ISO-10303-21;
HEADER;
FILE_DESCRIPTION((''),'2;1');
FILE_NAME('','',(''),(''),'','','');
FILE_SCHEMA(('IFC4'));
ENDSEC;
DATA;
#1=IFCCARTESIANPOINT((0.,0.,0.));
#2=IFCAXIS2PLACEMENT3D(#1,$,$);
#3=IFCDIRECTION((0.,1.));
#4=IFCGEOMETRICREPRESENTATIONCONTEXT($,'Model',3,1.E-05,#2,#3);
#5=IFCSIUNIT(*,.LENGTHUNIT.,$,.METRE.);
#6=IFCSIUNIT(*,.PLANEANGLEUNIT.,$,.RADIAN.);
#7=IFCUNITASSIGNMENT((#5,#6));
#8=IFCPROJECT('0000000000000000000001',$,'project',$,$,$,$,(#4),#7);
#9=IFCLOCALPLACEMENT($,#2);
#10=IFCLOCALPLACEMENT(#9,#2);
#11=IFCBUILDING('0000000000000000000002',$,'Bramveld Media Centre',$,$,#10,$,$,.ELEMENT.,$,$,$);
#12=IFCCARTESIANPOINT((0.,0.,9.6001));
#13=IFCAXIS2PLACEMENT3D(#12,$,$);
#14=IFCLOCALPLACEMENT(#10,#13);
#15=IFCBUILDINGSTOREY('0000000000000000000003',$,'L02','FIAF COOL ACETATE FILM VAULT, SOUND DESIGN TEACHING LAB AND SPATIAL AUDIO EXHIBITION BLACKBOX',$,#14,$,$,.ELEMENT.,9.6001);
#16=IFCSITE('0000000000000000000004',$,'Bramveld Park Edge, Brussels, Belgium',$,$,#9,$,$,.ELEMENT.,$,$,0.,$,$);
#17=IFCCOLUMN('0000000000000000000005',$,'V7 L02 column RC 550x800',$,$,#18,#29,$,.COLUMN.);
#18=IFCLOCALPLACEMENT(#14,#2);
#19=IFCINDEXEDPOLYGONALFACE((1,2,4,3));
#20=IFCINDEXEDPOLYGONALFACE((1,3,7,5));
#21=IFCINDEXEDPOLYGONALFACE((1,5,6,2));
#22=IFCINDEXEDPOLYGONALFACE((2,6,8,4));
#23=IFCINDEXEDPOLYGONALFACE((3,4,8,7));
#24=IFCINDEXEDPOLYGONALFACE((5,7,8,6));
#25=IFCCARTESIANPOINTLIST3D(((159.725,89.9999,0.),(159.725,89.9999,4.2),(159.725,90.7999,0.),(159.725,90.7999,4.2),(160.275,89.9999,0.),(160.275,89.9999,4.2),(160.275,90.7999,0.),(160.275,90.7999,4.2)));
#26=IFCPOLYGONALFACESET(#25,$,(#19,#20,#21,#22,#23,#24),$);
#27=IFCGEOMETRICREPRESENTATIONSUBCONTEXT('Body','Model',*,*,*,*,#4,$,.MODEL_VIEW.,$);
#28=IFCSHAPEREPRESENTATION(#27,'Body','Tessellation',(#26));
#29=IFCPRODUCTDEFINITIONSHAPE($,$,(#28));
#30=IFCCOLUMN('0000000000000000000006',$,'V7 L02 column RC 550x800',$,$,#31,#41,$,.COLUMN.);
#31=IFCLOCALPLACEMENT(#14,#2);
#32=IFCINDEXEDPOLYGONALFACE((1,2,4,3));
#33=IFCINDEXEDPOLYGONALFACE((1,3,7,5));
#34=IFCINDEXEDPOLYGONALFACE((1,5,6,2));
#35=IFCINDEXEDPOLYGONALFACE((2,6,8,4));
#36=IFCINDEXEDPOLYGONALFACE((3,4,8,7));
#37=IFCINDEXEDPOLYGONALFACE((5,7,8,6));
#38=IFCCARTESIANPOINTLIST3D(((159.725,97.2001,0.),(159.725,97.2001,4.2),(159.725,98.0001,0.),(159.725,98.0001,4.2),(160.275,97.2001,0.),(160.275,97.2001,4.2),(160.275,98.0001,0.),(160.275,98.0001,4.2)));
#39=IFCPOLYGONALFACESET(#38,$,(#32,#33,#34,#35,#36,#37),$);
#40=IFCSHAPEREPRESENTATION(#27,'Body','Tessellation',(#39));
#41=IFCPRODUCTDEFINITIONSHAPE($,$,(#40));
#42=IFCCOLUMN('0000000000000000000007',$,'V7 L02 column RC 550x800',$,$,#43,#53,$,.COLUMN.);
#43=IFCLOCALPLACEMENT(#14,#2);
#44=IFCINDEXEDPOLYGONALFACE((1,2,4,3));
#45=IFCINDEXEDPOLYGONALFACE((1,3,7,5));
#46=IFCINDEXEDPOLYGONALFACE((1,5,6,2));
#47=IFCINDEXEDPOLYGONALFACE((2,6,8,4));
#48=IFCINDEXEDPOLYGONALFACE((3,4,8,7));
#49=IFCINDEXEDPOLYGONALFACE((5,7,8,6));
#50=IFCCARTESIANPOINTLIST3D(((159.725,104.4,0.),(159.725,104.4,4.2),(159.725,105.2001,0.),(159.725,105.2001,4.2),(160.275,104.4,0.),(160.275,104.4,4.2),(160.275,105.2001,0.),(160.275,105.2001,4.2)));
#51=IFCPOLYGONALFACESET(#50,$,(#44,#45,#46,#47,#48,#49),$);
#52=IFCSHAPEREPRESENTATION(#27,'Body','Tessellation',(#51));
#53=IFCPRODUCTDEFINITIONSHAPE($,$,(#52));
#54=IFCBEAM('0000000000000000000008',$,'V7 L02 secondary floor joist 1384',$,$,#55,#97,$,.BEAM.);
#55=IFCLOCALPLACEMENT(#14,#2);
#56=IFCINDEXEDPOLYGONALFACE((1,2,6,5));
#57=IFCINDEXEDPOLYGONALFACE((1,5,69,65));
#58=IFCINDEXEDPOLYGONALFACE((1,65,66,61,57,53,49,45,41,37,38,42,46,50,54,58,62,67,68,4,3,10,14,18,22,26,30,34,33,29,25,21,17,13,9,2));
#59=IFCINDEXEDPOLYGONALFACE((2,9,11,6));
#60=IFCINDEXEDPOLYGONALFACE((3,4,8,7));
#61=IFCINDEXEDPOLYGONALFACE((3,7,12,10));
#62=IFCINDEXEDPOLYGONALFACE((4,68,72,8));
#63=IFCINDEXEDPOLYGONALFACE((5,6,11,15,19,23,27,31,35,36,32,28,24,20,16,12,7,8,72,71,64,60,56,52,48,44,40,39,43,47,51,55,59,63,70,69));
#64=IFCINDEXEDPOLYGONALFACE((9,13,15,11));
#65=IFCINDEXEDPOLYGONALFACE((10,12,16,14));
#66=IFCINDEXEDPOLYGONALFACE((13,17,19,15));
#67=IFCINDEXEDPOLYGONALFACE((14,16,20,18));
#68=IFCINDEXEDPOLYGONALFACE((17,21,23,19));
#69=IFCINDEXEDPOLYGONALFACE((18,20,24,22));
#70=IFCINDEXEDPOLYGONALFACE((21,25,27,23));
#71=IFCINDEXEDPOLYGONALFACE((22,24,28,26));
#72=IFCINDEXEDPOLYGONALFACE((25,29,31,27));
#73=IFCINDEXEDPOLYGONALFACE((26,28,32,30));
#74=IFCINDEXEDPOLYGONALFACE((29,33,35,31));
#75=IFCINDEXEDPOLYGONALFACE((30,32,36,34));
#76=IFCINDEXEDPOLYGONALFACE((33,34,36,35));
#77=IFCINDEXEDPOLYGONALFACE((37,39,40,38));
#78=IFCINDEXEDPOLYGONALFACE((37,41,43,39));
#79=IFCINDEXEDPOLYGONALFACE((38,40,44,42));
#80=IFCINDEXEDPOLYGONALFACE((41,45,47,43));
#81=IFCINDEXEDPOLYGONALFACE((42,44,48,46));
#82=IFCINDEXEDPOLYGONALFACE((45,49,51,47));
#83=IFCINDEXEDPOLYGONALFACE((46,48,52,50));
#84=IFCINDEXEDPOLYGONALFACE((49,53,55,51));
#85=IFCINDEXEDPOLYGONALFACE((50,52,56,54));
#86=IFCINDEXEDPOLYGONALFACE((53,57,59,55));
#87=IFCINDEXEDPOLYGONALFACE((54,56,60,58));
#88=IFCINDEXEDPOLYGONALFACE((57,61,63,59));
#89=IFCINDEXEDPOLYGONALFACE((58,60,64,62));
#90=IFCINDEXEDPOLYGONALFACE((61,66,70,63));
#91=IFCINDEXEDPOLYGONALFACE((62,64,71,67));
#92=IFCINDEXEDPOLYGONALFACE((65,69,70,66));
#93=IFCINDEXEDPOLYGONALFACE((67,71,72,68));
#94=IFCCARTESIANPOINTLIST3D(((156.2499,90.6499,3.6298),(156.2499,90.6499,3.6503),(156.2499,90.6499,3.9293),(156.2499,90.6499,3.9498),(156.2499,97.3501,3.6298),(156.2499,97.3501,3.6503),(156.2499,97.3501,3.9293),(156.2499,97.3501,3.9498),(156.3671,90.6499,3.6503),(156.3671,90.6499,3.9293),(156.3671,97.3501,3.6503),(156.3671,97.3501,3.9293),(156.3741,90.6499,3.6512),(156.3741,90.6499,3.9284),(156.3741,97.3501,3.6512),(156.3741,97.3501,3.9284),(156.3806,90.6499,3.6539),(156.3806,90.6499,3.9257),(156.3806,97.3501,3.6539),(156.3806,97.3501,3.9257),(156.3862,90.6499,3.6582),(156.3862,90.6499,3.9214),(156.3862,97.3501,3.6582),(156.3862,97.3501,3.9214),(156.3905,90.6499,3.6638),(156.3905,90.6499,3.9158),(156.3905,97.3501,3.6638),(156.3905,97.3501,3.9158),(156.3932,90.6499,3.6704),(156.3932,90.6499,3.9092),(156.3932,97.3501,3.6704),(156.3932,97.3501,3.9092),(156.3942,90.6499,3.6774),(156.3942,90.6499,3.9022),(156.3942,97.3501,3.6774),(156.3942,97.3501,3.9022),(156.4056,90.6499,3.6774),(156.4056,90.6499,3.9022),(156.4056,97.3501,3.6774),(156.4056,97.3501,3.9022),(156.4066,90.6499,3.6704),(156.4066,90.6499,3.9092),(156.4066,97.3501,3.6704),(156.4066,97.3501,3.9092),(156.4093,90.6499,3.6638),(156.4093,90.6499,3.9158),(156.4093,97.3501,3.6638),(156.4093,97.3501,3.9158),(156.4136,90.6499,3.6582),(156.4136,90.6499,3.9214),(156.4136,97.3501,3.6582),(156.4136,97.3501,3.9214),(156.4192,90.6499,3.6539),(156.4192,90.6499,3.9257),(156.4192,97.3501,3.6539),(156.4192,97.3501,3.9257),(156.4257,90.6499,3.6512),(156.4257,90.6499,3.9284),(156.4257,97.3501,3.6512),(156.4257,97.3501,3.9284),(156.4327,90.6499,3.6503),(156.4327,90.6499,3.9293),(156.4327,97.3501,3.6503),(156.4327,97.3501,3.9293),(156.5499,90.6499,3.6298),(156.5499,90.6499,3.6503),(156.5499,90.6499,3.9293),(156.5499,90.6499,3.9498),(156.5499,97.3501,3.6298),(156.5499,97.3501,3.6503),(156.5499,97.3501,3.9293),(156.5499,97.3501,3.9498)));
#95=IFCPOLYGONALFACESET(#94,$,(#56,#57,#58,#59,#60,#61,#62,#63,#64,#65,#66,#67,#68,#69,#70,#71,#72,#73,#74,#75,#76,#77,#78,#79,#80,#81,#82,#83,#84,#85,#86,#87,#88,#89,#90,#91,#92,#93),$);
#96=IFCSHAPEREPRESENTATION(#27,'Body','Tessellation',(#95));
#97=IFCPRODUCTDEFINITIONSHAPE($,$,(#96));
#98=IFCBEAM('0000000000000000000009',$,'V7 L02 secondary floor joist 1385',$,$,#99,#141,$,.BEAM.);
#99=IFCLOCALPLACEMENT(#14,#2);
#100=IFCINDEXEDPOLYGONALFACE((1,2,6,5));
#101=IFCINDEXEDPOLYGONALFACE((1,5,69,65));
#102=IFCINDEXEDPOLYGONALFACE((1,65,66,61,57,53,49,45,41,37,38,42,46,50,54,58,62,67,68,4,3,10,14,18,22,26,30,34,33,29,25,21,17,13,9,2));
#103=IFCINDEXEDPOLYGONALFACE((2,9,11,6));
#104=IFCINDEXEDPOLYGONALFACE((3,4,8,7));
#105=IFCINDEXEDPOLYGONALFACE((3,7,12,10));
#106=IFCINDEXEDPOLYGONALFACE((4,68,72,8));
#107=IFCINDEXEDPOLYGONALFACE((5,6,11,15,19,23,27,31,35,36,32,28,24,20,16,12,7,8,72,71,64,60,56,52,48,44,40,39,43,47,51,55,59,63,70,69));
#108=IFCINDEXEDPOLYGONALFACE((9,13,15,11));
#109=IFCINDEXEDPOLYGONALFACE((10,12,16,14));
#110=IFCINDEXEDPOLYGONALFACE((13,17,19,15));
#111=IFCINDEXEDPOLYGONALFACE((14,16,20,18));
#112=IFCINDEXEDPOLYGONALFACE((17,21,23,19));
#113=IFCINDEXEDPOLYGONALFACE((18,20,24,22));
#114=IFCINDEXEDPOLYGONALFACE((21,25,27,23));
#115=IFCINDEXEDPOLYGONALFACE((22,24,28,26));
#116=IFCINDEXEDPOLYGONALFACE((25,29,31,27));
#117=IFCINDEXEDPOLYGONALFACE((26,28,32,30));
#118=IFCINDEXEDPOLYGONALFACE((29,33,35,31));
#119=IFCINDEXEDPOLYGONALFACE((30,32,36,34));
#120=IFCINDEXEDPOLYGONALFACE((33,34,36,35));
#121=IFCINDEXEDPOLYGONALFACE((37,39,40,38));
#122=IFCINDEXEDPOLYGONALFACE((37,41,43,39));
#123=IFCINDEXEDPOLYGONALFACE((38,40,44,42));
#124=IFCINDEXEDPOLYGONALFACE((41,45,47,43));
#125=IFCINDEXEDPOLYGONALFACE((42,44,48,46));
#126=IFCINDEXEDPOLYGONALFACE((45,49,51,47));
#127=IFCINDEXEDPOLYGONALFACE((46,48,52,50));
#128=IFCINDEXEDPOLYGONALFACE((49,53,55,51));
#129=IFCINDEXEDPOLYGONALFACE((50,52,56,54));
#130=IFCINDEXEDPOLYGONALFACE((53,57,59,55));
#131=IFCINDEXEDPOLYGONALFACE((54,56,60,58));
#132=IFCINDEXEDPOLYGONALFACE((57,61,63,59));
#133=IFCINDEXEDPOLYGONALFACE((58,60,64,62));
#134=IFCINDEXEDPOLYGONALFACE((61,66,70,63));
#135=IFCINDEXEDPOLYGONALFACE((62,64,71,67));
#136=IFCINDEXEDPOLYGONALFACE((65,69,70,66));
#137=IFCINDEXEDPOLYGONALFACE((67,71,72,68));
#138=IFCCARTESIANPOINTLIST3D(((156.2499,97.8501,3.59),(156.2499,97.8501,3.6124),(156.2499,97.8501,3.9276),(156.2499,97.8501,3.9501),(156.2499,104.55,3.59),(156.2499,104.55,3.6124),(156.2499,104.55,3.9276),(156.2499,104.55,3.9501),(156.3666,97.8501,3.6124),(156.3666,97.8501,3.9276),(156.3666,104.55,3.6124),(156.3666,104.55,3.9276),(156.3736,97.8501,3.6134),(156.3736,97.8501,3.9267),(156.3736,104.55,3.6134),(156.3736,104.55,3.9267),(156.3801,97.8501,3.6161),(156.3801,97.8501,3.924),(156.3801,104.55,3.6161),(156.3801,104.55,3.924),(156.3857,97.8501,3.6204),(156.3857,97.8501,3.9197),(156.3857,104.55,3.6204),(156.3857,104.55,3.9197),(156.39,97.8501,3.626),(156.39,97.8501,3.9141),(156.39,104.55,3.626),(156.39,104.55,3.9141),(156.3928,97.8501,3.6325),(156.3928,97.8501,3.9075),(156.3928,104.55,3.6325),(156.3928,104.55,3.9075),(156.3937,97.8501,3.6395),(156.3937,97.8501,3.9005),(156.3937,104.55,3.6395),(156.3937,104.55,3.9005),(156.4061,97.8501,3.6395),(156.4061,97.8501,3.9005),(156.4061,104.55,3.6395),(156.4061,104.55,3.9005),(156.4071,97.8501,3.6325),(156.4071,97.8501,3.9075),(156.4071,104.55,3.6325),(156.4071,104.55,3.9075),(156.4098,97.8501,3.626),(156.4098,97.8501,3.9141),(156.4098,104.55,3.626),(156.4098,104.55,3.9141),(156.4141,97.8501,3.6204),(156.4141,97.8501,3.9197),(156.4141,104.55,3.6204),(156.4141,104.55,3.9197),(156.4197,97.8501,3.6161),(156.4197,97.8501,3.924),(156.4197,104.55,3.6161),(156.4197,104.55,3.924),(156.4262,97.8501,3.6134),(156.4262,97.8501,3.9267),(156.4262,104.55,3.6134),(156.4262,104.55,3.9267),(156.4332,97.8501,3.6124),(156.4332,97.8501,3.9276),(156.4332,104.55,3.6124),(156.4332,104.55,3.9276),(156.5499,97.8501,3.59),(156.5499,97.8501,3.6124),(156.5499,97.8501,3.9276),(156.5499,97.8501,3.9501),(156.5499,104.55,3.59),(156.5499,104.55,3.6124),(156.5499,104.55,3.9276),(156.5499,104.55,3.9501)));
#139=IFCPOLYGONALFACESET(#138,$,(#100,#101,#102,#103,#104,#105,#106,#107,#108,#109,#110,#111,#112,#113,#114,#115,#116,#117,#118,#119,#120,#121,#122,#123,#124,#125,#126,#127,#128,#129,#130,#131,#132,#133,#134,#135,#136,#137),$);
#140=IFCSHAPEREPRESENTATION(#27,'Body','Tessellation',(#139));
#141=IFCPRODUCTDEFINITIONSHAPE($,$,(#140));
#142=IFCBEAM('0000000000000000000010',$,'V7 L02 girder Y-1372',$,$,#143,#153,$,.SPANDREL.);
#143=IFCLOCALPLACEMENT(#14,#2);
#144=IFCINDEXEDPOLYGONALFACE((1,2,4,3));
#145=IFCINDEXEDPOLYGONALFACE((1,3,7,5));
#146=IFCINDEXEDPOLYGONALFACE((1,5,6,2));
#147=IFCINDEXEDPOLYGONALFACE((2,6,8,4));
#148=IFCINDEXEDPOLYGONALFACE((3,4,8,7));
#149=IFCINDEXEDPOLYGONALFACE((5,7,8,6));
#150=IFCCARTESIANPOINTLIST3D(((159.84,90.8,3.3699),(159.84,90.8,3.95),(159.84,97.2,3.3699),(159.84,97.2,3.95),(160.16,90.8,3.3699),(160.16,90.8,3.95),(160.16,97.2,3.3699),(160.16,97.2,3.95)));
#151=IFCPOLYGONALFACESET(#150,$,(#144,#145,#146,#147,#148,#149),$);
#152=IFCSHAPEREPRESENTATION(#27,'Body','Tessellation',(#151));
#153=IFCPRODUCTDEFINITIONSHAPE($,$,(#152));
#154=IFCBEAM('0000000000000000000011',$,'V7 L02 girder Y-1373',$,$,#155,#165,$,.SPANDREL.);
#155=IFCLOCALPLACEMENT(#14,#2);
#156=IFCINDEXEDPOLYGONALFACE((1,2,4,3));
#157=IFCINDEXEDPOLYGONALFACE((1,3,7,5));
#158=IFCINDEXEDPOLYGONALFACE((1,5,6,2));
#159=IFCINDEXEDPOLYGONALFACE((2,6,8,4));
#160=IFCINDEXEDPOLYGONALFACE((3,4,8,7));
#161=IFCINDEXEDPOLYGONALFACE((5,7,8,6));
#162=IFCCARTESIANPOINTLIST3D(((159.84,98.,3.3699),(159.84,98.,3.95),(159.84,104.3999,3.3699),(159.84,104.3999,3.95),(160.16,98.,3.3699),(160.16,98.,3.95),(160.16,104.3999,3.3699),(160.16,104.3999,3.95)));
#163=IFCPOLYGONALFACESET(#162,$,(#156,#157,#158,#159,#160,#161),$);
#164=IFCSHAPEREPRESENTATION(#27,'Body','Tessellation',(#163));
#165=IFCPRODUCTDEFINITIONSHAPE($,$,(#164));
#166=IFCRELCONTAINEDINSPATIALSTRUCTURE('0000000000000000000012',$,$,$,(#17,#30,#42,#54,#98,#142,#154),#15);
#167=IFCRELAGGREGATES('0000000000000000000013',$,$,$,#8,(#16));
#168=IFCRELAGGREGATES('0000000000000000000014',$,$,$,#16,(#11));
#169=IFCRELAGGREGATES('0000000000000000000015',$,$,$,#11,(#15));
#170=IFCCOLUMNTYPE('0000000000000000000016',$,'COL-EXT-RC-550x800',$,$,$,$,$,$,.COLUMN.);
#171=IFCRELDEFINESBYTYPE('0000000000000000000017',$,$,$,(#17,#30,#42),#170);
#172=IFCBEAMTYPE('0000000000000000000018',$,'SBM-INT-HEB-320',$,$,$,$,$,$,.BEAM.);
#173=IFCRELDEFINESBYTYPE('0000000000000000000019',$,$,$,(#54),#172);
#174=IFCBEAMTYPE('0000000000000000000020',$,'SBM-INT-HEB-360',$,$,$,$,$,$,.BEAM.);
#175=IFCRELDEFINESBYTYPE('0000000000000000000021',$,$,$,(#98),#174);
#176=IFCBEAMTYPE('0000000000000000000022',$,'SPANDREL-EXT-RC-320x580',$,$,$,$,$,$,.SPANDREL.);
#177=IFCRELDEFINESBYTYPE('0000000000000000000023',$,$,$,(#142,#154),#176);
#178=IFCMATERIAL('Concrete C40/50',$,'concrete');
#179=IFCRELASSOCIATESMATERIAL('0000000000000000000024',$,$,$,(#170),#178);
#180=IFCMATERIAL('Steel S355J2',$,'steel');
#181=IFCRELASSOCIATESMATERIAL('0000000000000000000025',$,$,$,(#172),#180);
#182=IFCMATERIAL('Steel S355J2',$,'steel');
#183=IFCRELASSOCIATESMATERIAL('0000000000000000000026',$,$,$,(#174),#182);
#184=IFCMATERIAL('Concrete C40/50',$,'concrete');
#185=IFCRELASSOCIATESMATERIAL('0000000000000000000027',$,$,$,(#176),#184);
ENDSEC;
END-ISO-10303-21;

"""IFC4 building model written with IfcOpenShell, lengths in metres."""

from ifc_helpers import new_model, si_unit, direction, frame, origin, origin_2d, place, context, subcontext, project, spatial, rectangle, i_section, extrude, material, material_profile, profile_set, type_object, element, save


model = new_model("IFC4")

# Units and contexts
model_context = context("Model", 3, precision=1e-05, world=origin(), true_north=direction((0.0, 1.0)))
body_context = subcontext(model_context, "Body", "Model", "MODEL_VIEW")
ifc_project = project(units=[si_unit("LENGTHUNIT", "METRE"), si_unit("PLANEANGLEUNIT", "RADIAN")], contexts=[model_context])

# Site, building, storey
site_placement = place(None, origin())
site = spatial("IfcSite", under=ifc_project, at=site_placement, Name="Bramveld Park Edge, Brussels, Belgium", CompositionType="ELEMENT", RefElevation=0.0)
building_placement = place(site_placement, origin())
building = spatial("IfcBuilding", under=site, at=building_placement, Name="Bramveld Media Centre", CompositionType="ELEMENT")
storey_placement = place(building_placement, frame((0.0, 0.0, 9.6001)))
storey = spatial("IfcBuildingStorey", under=building, at=storey_placement, Name="L02", Description="FIAF COOL ACETATE FILM VAULT, SOUND DESIGN TEACHING LAB AND SPATIAL AUDIO EXHIBITION BLACKBOX", CompositionType="ELEMENT", Elevation=9.6001)

# Columns
ifc_material_1 = material(Name="Concrete C40/50", Category="concrete")
ifc_material_profile_1 = material_profile(ifc_material_1, rectangle(XDim=0.55, YDim=0.8, at=origin_2d()), Name="RC 550x800")
ifc_profile_set_1 = profile_set([ifc_material_profile_1], Name="Concrete C40/50")
column_type = type_object("IfcColumnType", Name="COL-EXT-RC-550x800", PredefinedType="COLUMN", material=ifc_profile_set_1)
for number, where, z_axis, x_axis, name in (
    (1, (160.0, 90.3999, 0.0), (0.0, 0.0, 1.0), (1.0, 0.0, 0.0), "V7 L02 column RC 550x800"),
    (2, (160.0, 97.6001, 0.0), (0.0, 0.0, 1.0), (1.0, 0.0, 0.0), "V7 L02 column RC 550x800"),
    (3, (160.0, 104.8, 0.0), (0.0, 0.0, 1.0), (1.0, 0.0, 0.0), "V7 L02 column RC 550x800"),
):
    element("IfcColumn", number, at=place(storey_placement, frame(where, z_axis=z_axis, x_axis=x_axis)), inside=storey, type_object=column_type, Name=name, PredefinedType="COLUMN", context=body_context, shape_type="SweptSolid", body=[
        extrude(rectangle(XDim=0.55, YDim=0.8, at=origin_2d()), origin(), (0.0, 0.0, 1.0), 4.2),
    ])

# Beams
ifc_material_2 = material(Name="Steel S355J2", Category="steel")
ifc_material_profile_2 = material_profile(ifc_material_2, i_section(OverallWidth=0.3, OverallDepth=0.3201, WebThickness=0.0115, FlangeThickness=0.0205, FilletRadius=0.0271, at=origin_2d()), Name="HEB 320")
ifc_profile_set_2 = profile_set([ifc_material_profile_2], Name="Steel S355J2")
beam_type_1 = type_object("IfcBeamType", Name="SBM-INT-HEB-320", PredefinedType="BEAM", material=ifc_profile_set_2)
beam_1_placement = place(storey_placement, frame((156.3999, 90.6499, 3.7898), z_axis=(0.0, 1.0, 0.0), x_axis=(-1.0, 0.0, 0.0)))
element("IfcBeam", 4, at=beam_1_placement, inside=storey, type_object=beam_type_1, Name="V7 L02 secondary floor joist 1384", PredefinedType="BEAM", context=body_context, shape_type="SweptSolid", body=[
    extrude(i_section(OverallWidth=0.3, OverallDepth=0.3201, WebThickness=0.0115, FlangeThickness=0.0205, FilletRadius=0.0271, at=origin_2d()), origin(), (0.0, 0.0, 1.0), 6.7002),
])
ifc_material_3 = material(Name="Steel S355J2", Category="steel")
ifc_material_profile_3 = material_profile(ifc_material_3, i_section(OverallWidth=0.3, OverallDepth=0.3601, WebThickness=0.0125, FlangeThickness=0.0225, FilletRadius=0.0271, at=origin_2d()), Name="HEB 360")
ifc_profile_set_3 = profile_set([ifc_material_profile_3], Name="Steel S355J2")
beam_type_2 = type_object("IfcBeamType", Name="SBM-INT-HEB-360", PredefinedType="BEAM", material=ifc_profile_set_3)
beam_2_placement = place(storey_placement, frame((156.3999, 97.8501, 3.77), z_axis=(0.0, 1.0, 0.0), x_axis=(-1.0, 0.0, 0.0)))
element("IfcBeam", 5, at=beam_2_placement, inside=storey, type_object=beam_type_2, Name="V7 L02 secondary floor joist 1385", PredefinedType="BEAM", context=body_context, shape_type="SweptSolid", body=[
    extrude(i_section(OverallWidth=0.3, OverallDepth=0.3601, WebThickness=0.0125, FlangeThickness=0.0225, FilletRadius=0.0271, at=origin_2d()), origin(), (0.0, 0.0, 1.0), 6.7),
])
ifc_material_4 = material(Name="Concrete C40/50", Category="concrete")
ifc_material_profile_4 = material_profile(ifc_material_4, rectangle(XDim=0.3201, YDim=0.5801, at=origin_2d()), Name="RC 320x580")
ifc_profile_set_4 = profile_set([ifc_material_profile_4], Name="Concrete C40/50")
beam_type_3 = type_object("IfcBeamType", Name="SPANDREL-EXT-RC-320x580", PredefinedType="SPANDREL", material=ifc_profile_set_4)
for number, where, z_axis, x_axis, name in (
    (6, (160.0, 90.8, 3.6599), (0.0, 1.0, 0.0), (-1.0, 0.0, 0.0), "V7 L02 girder Y-1372"),
    (7, (160.0, 98.0, 3.6599), (0.0, 1.0, 0.0), (-1.0, 0.0, 0.0), "V7 L02 girder Y-1373"),
):
    element("IfcBeam", number, at=place(storey_placement, frame(where, z_axis=z_axis, x_axis=x_axis)), inside=storey, type_object=beam_type_3, Name=name, PredefinedType="SPANDREL", context=body_context, shape_type="SweptSolid", body=[
        extrude(rectangle(XDim=0.3201, YDim=0.5801, at=origin_2d()), origin(), (0.0, 0.0, 1.0), 6.3999),
    ])

save(model, "model.ifc")
